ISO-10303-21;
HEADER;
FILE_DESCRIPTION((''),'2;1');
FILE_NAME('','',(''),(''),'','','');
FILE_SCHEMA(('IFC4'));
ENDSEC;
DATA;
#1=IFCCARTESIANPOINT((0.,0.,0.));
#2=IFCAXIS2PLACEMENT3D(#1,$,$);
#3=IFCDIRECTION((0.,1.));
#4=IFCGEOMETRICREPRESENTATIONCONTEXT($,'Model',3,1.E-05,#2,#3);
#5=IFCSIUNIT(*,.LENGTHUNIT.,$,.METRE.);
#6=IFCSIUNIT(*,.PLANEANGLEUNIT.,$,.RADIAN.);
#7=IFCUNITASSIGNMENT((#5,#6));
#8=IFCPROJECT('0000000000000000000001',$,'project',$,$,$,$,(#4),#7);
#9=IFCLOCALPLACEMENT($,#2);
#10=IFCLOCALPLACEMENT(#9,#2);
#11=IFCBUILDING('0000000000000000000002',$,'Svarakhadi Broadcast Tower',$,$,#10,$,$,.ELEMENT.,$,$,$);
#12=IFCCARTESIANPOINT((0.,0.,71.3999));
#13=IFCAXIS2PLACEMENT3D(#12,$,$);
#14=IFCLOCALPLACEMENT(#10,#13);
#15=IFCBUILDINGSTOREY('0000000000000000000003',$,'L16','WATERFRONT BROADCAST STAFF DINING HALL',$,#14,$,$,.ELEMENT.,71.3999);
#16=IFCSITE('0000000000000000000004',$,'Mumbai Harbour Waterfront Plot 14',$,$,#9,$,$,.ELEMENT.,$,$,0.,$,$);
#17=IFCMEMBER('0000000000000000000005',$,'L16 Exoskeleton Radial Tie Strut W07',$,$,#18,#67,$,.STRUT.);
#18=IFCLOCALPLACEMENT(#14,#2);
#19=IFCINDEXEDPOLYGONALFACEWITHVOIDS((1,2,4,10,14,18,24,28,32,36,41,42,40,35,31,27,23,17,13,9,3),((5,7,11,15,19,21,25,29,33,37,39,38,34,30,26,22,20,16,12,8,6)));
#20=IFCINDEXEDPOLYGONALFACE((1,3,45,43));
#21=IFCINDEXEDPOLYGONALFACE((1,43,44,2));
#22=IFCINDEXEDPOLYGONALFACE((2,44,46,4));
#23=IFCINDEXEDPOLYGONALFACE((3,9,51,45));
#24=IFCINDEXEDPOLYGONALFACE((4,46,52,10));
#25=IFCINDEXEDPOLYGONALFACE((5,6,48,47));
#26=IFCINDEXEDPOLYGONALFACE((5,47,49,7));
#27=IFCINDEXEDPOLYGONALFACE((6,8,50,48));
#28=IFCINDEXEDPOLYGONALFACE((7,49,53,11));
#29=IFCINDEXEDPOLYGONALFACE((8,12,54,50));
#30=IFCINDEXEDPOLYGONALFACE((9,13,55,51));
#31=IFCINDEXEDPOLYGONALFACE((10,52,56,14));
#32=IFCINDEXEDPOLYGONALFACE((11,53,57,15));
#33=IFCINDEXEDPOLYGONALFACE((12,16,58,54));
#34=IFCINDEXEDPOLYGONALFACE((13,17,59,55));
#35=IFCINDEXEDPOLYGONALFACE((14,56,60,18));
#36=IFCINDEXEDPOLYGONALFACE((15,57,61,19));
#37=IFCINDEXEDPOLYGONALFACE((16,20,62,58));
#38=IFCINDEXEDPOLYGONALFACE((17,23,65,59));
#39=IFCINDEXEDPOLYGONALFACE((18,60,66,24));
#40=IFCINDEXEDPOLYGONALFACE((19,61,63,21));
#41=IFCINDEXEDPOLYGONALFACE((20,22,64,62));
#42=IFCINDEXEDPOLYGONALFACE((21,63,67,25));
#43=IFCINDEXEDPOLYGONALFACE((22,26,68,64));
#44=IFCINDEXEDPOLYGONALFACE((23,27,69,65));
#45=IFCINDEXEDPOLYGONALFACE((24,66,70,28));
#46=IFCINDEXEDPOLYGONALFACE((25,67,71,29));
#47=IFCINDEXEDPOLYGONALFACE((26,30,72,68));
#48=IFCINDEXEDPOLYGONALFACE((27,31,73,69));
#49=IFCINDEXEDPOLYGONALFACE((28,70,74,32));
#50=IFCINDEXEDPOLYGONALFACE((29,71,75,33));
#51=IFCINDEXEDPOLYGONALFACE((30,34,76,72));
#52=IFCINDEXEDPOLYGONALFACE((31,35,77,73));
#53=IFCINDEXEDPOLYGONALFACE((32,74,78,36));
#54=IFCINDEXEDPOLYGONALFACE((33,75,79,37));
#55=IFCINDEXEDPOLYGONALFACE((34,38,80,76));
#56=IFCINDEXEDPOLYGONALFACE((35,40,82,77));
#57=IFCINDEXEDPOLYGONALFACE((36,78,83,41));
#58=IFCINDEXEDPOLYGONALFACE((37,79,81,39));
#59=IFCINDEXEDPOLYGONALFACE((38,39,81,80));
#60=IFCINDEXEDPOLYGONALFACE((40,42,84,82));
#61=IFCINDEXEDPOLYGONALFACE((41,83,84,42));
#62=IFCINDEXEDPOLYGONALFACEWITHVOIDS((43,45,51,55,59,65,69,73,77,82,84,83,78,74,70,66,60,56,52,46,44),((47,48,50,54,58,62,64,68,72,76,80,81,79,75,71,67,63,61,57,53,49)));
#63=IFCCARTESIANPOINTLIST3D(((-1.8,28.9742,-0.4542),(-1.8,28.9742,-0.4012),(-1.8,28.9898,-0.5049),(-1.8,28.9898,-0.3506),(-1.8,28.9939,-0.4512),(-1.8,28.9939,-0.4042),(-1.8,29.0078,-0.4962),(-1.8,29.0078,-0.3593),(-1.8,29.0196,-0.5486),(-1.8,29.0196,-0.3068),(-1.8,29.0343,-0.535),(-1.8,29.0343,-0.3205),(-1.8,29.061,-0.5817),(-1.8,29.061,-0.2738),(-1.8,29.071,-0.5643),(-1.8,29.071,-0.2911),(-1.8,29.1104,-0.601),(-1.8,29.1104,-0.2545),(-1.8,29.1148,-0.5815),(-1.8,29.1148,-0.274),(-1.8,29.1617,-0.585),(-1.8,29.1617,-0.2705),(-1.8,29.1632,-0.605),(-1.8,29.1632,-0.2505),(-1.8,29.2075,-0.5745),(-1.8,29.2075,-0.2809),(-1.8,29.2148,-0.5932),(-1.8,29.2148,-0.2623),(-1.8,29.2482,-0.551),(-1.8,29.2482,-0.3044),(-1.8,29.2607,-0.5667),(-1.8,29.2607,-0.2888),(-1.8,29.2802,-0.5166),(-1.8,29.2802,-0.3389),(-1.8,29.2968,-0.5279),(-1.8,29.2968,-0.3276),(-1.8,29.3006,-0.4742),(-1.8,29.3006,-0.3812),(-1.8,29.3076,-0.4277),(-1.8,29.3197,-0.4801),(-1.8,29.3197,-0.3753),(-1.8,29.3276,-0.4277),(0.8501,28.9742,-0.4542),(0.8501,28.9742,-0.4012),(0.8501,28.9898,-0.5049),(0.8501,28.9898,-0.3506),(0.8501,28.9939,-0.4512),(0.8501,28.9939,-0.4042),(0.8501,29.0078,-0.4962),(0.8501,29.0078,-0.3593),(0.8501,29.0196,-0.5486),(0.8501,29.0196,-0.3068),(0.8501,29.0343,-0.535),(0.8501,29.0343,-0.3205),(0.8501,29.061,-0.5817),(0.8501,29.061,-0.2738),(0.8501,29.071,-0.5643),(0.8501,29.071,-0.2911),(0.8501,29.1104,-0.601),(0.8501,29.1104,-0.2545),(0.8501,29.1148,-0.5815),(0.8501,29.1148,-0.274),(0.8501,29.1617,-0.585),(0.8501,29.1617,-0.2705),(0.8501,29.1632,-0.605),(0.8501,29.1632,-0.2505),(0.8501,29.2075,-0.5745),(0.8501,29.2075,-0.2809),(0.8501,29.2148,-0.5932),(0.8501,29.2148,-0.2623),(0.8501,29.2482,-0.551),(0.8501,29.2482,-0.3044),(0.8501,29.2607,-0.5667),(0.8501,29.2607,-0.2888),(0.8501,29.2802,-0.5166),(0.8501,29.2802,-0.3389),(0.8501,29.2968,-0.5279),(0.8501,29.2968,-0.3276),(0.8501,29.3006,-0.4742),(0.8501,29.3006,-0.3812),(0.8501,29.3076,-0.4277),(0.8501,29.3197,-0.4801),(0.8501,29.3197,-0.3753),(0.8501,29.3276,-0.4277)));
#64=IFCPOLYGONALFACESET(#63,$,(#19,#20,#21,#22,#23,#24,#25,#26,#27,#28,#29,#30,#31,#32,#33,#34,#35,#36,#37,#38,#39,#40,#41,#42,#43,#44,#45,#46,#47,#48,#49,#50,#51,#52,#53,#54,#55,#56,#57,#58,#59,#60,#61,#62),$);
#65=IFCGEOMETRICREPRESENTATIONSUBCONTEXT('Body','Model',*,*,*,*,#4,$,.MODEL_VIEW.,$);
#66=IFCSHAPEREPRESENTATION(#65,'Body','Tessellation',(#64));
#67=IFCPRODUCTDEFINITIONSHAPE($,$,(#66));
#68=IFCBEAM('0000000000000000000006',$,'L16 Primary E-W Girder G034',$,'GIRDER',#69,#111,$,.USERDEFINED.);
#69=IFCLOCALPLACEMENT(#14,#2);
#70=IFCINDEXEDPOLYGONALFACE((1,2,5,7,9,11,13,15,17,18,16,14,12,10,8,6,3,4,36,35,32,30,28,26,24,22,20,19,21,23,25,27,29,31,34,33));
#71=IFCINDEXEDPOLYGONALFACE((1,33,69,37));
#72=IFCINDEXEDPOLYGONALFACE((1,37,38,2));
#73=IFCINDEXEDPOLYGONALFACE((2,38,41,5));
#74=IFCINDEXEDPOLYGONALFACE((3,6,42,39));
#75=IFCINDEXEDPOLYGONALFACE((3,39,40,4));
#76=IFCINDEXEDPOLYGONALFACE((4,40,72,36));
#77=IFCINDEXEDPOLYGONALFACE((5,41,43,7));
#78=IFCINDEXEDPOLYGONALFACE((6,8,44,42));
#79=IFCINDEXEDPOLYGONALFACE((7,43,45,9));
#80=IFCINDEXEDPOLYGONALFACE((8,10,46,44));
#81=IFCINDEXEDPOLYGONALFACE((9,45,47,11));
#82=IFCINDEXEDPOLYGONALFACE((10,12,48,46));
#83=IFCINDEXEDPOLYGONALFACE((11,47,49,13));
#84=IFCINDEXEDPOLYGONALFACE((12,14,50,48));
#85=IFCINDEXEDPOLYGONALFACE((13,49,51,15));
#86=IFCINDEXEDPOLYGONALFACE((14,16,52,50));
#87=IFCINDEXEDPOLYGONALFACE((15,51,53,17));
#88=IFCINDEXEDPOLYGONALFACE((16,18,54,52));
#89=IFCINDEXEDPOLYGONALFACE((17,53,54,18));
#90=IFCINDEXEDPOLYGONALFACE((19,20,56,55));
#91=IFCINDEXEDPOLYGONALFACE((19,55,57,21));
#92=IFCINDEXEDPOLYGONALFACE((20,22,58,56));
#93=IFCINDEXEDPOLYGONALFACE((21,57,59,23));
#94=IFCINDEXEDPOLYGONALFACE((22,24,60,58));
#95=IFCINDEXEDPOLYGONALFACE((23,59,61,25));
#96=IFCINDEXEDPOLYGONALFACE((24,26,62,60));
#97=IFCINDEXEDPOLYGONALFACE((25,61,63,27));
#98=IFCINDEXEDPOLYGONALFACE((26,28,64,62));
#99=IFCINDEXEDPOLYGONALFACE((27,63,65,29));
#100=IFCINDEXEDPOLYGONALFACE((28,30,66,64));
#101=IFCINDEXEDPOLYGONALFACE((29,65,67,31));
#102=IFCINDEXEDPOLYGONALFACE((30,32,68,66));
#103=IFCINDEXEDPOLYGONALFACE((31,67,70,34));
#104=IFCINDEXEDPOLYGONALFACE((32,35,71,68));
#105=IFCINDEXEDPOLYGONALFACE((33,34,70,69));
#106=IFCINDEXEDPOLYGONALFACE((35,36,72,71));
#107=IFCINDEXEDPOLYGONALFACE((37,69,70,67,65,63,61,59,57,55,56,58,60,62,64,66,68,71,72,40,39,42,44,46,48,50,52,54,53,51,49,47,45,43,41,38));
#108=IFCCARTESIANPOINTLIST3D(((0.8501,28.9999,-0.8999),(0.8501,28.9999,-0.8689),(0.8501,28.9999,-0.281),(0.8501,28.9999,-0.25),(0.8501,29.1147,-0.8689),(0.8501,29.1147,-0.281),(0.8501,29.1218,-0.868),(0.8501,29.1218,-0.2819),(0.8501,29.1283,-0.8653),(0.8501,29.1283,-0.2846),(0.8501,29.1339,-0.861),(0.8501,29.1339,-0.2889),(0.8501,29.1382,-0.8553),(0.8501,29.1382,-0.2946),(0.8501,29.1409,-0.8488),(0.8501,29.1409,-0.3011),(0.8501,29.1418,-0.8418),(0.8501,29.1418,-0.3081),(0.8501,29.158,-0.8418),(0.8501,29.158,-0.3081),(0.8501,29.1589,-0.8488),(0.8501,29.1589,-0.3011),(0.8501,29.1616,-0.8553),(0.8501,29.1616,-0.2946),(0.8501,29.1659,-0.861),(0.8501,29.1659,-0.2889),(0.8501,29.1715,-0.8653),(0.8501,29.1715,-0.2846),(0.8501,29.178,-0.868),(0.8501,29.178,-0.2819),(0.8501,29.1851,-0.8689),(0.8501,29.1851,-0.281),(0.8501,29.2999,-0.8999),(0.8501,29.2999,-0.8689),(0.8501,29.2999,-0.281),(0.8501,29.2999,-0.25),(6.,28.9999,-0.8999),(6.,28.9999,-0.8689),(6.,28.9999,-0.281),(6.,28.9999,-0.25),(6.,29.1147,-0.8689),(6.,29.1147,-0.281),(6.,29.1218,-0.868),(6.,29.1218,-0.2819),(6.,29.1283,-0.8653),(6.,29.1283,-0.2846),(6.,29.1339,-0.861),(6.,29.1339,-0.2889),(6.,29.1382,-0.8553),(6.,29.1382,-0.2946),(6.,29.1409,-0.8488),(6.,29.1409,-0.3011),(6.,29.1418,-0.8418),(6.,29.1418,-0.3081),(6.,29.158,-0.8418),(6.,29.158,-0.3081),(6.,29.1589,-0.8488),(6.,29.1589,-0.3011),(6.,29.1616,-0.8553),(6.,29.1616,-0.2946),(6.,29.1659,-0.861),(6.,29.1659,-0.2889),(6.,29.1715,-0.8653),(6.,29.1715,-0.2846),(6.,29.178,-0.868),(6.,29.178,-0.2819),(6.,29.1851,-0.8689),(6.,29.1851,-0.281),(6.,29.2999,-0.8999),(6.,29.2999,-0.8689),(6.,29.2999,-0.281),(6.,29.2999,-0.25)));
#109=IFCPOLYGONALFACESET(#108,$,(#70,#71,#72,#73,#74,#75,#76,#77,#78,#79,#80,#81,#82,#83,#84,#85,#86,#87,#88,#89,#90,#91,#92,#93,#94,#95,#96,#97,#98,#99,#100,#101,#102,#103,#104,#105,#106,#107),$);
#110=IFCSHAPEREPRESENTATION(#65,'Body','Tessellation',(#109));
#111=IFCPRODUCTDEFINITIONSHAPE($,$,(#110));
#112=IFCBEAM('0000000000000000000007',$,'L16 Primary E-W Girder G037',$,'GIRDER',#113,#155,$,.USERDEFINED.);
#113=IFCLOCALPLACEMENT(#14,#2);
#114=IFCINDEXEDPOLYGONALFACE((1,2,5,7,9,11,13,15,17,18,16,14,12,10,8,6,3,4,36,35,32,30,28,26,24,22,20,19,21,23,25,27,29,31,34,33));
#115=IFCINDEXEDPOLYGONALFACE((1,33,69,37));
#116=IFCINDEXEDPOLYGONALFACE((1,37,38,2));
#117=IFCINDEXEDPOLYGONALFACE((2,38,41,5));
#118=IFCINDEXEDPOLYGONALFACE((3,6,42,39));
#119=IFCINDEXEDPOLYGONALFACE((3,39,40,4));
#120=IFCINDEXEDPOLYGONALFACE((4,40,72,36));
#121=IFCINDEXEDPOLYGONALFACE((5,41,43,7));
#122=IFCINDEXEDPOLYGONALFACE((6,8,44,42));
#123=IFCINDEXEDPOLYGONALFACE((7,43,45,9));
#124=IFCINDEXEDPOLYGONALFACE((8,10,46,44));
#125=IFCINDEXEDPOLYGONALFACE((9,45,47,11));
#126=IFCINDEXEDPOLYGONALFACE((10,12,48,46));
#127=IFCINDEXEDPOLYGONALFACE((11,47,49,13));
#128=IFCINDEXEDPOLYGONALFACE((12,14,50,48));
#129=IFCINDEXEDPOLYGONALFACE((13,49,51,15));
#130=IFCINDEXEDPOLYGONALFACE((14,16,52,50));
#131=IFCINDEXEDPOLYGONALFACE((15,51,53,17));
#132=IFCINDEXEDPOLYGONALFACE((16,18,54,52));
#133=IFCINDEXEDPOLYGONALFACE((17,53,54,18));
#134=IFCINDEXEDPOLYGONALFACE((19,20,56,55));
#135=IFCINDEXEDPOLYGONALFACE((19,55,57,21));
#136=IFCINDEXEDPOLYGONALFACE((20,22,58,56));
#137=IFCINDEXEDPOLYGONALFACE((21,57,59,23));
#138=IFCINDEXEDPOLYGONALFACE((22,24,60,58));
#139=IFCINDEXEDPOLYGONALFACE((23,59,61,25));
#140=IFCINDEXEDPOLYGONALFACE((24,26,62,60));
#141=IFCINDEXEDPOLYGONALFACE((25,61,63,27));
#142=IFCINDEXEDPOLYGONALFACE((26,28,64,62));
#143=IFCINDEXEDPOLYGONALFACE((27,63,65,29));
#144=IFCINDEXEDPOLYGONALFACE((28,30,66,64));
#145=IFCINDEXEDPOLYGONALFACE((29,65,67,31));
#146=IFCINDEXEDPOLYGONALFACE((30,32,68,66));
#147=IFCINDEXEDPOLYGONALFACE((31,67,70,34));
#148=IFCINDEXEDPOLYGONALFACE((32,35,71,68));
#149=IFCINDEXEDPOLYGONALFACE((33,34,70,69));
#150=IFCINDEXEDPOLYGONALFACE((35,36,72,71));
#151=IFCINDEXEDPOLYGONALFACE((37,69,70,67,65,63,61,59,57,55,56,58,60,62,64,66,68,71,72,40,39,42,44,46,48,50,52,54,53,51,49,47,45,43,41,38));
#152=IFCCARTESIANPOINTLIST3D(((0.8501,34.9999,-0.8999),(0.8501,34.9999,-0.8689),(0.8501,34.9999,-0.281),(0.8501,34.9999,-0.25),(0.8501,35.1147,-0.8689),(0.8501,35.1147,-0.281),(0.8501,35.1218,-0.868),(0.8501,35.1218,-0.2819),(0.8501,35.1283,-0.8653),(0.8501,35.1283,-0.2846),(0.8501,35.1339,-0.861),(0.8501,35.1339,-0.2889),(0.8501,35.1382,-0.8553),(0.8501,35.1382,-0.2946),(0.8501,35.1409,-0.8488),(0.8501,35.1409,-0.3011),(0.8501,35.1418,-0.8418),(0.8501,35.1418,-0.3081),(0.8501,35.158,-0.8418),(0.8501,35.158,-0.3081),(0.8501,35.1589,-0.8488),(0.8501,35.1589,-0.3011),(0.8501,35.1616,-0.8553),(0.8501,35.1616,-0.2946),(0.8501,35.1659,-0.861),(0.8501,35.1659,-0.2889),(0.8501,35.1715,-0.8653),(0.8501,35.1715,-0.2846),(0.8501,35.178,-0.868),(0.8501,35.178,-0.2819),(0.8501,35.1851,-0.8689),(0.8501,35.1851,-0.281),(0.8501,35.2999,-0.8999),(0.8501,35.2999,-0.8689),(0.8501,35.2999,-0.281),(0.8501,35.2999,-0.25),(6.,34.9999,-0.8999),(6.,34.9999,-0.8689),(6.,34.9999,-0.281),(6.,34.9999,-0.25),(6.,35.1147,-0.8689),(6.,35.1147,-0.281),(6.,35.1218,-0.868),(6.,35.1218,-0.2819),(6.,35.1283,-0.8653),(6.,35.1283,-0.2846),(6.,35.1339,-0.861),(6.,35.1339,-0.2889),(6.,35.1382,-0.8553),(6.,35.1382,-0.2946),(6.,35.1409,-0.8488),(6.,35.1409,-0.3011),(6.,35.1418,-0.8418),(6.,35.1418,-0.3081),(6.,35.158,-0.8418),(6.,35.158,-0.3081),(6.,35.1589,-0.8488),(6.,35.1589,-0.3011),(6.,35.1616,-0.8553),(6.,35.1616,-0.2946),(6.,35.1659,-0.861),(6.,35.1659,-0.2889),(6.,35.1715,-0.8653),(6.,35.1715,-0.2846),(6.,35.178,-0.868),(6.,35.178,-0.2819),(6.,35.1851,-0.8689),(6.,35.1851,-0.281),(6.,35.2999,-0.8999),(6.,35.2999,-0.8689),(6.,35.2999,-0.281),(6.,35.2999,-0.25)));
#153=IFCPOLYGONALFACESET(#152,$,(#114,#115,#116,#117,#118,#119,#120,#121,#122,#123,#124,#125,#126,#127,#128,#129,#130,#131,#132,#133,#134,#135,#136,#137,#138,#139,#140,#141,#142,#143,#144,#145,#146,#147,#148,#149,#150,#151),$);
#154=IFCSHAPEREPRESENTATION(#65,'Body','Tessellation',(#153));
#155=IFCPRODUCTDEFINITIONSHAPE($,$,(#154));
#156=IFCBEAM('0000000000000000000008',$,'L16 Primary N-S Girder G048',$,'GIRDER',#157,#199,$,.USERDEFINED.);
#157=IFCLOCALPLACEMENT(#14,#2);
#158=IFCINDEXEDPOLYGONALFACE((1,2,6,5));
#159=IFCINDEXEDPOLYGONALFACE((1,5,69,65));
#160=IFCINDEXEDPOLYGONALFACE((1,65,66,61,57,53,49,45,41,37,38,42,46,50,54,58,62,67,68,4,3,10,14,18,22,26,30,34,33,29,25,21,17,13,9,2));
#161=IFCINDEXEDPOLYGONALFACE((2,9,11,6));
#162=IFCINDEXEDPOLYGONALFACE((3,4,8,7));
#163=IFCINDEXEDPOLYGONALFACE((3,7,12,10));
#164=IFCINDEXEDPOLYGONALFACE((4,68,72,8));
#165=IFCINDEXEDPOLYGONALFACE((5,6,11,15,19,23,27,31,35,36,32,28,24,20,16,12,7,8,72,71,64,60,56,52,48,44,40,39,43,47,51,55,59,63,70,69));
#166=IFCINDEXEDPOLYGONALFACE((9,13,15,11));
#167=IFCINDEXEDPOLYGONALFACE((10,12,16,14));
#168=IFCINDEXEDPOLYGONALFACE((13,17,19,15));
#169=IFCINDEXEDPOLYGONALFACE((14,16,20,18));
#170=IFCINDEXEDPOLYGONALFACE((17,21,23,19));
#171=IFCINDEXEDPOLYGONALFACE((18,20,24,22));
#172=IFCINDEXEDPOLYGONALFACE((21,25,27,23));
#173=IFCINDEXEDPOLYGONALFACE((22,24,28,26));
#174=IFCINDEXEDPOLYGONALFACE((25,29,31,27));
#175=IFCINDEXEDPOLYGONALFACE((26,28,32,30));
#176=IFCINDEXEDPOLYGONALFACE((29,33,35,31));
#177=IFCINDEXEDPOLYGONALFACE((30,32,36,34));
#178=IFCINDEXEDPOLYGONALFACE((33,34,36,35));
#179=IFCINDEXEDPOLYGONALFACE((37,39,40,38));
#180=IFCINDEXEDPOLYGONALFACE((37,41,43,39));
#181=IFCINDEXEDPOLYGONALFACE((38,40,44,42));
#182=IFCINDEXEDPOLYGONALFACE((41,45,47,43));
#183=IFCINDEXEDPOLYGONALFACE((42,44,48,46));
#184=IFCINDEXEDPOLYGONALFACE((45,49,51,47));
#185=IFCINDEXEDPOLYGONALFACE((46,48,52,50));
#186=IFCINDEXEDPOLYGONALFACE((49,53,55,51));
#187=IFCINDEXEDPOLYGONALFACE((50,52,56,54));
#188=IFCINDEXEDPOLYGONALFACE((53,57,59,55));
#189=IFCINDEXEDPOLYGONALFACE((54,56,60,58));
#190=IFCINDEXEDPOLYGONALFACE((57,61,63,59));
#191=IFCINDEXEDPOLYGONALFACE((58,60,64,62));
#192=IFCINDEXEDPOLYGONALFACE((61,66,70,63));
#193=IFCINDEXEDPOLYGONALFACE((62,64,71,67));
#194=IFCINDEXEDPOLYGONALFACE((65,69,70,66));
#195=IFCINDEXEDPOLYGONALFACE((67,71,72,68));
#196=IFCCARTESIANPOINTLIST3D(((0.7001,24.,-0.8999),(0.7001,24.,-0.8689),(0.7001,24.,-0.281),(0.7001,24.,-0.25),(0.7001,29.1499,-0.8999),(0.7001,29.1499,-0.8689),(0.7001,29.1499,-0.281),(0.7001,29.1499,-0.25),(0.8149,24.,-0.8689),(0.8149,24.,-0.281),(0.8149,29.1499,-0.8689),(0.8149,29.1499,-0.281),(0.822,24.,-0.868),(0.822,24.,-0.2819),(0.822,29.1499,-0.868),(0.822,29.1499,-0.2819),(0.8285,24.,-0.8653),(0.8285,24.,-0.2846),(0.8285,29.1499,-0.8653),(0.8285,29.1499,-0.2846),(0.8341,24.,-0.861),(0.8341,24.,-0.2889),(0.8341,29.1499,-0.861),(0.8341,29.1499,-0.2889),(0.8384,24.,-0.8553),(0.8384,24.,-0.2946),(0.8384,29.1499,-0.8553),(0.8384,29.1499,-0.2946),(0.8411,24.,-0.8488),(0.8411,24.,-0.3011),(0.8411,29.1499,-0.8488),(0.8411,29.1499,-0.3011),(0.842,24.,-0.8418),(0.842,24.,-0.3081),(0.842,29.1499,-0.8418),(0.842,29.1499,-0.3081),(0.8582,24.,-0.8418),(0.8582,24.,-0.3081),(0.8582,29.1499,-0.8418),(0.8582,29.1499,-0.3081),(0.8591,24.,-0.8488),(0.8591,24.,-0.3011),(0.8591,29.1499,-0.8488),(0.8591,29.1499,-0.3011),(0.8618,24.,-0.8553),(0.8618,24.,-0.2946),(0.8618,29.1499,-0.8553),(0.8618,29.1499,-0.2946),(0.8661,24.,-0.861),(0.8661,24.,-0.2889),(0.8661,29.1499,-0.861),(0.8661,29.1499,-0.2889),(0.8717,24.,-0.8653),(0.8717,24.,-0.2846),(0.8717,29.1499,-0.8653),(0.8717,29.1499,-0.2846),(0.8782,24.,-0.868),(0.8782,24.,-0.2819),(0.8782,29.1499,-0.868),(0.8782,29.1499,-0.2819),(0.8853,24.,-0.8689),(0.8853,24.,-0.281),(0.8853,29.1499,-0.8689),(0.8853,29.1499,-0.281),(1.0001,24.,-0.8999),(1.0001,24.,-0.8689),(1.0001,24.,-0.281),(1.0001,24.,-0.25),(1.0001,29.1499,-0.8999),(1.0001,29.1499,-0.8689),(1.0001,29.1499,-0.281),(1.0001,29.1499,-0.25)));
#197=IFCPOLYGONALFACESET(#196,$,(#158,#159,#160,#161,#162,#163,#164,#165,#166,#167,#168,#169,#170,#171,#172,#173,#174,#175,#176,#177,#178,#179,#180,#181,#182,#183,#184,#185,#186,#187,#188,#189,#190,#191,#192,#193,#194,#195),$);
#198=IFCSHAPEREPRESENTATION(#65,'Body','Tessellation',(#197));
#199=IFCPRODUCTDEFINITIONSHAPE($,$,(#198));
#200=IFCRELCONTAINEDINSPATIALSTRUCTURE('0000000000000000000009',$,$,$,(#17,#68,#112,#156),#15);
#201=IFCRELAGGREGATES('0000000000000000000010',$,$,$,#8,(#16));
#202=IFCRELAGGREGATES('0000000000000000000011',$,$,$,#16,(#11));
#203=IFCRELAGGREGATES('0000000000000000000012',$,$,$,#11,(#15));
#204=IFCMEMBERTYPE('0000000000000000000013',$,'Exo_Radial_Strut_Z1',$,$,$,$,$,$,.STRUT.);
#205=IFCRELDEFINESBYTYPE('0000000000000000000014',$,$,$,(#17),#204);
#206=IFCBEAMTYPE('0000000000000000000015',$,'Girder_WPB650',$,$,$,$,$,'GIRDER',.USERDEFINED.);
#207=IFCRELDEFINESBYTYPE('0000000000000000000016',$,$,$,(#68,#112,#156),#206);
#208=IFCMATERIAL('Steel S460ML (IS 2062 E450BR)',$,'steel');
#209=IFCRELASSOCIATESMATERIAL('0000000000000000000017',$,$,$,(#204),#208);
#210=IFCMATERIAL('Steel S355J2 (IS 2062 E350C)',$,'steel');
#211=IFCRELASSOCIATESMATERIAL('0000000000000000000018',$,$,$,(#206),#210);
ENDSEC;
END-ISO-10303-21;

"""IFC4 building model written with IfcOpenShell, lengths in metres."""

from ifc_helpers import new_model, si_unit, direction, frame, origin, origin_2d, place, context, subcontext, project, spatial, hollow_circle, i_section, extrude, material, material_profile, profile_set, type_object, element, save


model = new_model("IFC4")

# Units and contexts
model_context = context("Model", 3, precision=1e-05, world=origin(), true_north=direction((0.0, 1.0)))
body_context = subcontext(model_context, "Body", "Model", "MODEL_VIEW")
ifc_project = project(units=[si_unit("LENGTHUNIT", "METRE"), si_unit("PLANEANGLEUNIT", "RADIAN")], contexts=[model_context])

# Site, building, storey
site_placement = place(None, origin())
site = spatial("IfcSite", under=ifc_project, at=site_placement, Name="Mumbai Harbour Waterfront Plot 14", CompositionType="ELEMENT", RefElevation=0.0)
building_placement = place(site_placement, origin())
building = spatial("IfcBuilding", under=site, at=building_placement, Name="Svarakhadi Broadcast Tower", CompositionType="ELEMENT")
storey_placement = place(building_placement, frame((0.0, 0.0, 71.3999)))
storey = spatial("IfcBuildingStorey", under=building, at=storey_placement, Name="L16", Description="WATERFRONT BROADCAST STAFF DINING HALL", CompositionType="ELEMENT", Elevation=71.3999)

# Shared definitions
ifc_material_1 = material(Name="Steel S460ML (IS 2062 E450BR)", Category="steel")

# Shared definitions
ifc_material_2 = material(Name="Steel S355J2 (IS 2062 E350C)", Category="steel")

# Member
ifc_material_profile_1 = material_profile(ifc_material_1, hollow_circle(Radius=0.1777, WallThickness=0.02, at=origin_2d()), Name="CHS 355.6x20")
ifc_profile_set_1 = profile_set([ifc_material_profile_1], Name="Steel S460ML (IS 2062 E450BR)")
member_type_1 = type_object("IfcMemberType", Name="Exo_Radial_Strut_Z1", PredefinedType="STRUT", material=ifc_profile_set_1)
member_1_placement = place(storey_placement, frame((-1.8, 29.1499, -0.4277), z_axis=(1.0, 0.0, 0.0), x_axis=(0.0, 1.0, 0.0)))
element("IfcMember", 1, at=member_1_placement, inside=storey, type_object=member_type_1, Name="L16 Exoskeleton Radial Tie Strut W07", PredefinedType="STRUT", context=body_context, shape_type="SweptSolid", body=[
    extrude(hollow_circle(Radius=0.1777, WallThickness=0.02, at=origin_2d()), origin(), (0.0, 0.0, 1.0), 2.6501),
])

# Beams
ifc_material_profile_2 = material_profile(ifc_material_2, i_section(OverallWidth=0.3, OverallDepth=0.6499, WebThickness=0.0161, FlangeThickness=0.031, FilletRadius=0.0271, at=origin_2d()), Name="WPB 650x300x225")
ifc_profile_set_2 = profile_set([ifc_material_profile_2], Name="Steel S355J2 (IS 2062 E350C)")
beam_type_1 = type_object("IfcBeamType", Name="Girder_WPB650", ElementType="GIRDER", PredefinedType="USERDEFINED", material=ifc_profile_set_2)
for number, where, z_axis, x_axis, name in (
    (2, (0.8501, 29.1499, -0.575), (1.0, 0.0, 0.0), (0.0, 1.0, 0.0), "L16 Primary E-W Girder G034"),
    (3, (0.8501, 35.1499, -0.575), (1.0, 0.0, 0.0), (0.0, 1.0, 0.0), "L16 Primary E-W Girder G037"),
    (4, (0.8501, 24.0, -0.575), (0.0, 1.0, 0.0), (-1.0, 0.0, 0.0), "L16 Primary N-S Girder G048"),
):
    element("IfcBeam", number, at=place(storey_placement, frame(where, z_axis=z_axis, x_axis=x_axis)), inside=storey, type_object=beam_type_1, Name=name, ObjectType="GIRDER", PredefinedType="USERDEFINED", context=body_context, shape_type="SweptSolid", body=[
        extrude(i_section(OverallWidth=0.3, OverallDepth=0.6499, WebThickness=0.0161, FlangeThickness=0.031, FilletRadius=0.0271, at=origin_2d()), origin(), (0.0, 0.0, 1.0), 5.1499),
    ])

save(model, "model.ifc")
